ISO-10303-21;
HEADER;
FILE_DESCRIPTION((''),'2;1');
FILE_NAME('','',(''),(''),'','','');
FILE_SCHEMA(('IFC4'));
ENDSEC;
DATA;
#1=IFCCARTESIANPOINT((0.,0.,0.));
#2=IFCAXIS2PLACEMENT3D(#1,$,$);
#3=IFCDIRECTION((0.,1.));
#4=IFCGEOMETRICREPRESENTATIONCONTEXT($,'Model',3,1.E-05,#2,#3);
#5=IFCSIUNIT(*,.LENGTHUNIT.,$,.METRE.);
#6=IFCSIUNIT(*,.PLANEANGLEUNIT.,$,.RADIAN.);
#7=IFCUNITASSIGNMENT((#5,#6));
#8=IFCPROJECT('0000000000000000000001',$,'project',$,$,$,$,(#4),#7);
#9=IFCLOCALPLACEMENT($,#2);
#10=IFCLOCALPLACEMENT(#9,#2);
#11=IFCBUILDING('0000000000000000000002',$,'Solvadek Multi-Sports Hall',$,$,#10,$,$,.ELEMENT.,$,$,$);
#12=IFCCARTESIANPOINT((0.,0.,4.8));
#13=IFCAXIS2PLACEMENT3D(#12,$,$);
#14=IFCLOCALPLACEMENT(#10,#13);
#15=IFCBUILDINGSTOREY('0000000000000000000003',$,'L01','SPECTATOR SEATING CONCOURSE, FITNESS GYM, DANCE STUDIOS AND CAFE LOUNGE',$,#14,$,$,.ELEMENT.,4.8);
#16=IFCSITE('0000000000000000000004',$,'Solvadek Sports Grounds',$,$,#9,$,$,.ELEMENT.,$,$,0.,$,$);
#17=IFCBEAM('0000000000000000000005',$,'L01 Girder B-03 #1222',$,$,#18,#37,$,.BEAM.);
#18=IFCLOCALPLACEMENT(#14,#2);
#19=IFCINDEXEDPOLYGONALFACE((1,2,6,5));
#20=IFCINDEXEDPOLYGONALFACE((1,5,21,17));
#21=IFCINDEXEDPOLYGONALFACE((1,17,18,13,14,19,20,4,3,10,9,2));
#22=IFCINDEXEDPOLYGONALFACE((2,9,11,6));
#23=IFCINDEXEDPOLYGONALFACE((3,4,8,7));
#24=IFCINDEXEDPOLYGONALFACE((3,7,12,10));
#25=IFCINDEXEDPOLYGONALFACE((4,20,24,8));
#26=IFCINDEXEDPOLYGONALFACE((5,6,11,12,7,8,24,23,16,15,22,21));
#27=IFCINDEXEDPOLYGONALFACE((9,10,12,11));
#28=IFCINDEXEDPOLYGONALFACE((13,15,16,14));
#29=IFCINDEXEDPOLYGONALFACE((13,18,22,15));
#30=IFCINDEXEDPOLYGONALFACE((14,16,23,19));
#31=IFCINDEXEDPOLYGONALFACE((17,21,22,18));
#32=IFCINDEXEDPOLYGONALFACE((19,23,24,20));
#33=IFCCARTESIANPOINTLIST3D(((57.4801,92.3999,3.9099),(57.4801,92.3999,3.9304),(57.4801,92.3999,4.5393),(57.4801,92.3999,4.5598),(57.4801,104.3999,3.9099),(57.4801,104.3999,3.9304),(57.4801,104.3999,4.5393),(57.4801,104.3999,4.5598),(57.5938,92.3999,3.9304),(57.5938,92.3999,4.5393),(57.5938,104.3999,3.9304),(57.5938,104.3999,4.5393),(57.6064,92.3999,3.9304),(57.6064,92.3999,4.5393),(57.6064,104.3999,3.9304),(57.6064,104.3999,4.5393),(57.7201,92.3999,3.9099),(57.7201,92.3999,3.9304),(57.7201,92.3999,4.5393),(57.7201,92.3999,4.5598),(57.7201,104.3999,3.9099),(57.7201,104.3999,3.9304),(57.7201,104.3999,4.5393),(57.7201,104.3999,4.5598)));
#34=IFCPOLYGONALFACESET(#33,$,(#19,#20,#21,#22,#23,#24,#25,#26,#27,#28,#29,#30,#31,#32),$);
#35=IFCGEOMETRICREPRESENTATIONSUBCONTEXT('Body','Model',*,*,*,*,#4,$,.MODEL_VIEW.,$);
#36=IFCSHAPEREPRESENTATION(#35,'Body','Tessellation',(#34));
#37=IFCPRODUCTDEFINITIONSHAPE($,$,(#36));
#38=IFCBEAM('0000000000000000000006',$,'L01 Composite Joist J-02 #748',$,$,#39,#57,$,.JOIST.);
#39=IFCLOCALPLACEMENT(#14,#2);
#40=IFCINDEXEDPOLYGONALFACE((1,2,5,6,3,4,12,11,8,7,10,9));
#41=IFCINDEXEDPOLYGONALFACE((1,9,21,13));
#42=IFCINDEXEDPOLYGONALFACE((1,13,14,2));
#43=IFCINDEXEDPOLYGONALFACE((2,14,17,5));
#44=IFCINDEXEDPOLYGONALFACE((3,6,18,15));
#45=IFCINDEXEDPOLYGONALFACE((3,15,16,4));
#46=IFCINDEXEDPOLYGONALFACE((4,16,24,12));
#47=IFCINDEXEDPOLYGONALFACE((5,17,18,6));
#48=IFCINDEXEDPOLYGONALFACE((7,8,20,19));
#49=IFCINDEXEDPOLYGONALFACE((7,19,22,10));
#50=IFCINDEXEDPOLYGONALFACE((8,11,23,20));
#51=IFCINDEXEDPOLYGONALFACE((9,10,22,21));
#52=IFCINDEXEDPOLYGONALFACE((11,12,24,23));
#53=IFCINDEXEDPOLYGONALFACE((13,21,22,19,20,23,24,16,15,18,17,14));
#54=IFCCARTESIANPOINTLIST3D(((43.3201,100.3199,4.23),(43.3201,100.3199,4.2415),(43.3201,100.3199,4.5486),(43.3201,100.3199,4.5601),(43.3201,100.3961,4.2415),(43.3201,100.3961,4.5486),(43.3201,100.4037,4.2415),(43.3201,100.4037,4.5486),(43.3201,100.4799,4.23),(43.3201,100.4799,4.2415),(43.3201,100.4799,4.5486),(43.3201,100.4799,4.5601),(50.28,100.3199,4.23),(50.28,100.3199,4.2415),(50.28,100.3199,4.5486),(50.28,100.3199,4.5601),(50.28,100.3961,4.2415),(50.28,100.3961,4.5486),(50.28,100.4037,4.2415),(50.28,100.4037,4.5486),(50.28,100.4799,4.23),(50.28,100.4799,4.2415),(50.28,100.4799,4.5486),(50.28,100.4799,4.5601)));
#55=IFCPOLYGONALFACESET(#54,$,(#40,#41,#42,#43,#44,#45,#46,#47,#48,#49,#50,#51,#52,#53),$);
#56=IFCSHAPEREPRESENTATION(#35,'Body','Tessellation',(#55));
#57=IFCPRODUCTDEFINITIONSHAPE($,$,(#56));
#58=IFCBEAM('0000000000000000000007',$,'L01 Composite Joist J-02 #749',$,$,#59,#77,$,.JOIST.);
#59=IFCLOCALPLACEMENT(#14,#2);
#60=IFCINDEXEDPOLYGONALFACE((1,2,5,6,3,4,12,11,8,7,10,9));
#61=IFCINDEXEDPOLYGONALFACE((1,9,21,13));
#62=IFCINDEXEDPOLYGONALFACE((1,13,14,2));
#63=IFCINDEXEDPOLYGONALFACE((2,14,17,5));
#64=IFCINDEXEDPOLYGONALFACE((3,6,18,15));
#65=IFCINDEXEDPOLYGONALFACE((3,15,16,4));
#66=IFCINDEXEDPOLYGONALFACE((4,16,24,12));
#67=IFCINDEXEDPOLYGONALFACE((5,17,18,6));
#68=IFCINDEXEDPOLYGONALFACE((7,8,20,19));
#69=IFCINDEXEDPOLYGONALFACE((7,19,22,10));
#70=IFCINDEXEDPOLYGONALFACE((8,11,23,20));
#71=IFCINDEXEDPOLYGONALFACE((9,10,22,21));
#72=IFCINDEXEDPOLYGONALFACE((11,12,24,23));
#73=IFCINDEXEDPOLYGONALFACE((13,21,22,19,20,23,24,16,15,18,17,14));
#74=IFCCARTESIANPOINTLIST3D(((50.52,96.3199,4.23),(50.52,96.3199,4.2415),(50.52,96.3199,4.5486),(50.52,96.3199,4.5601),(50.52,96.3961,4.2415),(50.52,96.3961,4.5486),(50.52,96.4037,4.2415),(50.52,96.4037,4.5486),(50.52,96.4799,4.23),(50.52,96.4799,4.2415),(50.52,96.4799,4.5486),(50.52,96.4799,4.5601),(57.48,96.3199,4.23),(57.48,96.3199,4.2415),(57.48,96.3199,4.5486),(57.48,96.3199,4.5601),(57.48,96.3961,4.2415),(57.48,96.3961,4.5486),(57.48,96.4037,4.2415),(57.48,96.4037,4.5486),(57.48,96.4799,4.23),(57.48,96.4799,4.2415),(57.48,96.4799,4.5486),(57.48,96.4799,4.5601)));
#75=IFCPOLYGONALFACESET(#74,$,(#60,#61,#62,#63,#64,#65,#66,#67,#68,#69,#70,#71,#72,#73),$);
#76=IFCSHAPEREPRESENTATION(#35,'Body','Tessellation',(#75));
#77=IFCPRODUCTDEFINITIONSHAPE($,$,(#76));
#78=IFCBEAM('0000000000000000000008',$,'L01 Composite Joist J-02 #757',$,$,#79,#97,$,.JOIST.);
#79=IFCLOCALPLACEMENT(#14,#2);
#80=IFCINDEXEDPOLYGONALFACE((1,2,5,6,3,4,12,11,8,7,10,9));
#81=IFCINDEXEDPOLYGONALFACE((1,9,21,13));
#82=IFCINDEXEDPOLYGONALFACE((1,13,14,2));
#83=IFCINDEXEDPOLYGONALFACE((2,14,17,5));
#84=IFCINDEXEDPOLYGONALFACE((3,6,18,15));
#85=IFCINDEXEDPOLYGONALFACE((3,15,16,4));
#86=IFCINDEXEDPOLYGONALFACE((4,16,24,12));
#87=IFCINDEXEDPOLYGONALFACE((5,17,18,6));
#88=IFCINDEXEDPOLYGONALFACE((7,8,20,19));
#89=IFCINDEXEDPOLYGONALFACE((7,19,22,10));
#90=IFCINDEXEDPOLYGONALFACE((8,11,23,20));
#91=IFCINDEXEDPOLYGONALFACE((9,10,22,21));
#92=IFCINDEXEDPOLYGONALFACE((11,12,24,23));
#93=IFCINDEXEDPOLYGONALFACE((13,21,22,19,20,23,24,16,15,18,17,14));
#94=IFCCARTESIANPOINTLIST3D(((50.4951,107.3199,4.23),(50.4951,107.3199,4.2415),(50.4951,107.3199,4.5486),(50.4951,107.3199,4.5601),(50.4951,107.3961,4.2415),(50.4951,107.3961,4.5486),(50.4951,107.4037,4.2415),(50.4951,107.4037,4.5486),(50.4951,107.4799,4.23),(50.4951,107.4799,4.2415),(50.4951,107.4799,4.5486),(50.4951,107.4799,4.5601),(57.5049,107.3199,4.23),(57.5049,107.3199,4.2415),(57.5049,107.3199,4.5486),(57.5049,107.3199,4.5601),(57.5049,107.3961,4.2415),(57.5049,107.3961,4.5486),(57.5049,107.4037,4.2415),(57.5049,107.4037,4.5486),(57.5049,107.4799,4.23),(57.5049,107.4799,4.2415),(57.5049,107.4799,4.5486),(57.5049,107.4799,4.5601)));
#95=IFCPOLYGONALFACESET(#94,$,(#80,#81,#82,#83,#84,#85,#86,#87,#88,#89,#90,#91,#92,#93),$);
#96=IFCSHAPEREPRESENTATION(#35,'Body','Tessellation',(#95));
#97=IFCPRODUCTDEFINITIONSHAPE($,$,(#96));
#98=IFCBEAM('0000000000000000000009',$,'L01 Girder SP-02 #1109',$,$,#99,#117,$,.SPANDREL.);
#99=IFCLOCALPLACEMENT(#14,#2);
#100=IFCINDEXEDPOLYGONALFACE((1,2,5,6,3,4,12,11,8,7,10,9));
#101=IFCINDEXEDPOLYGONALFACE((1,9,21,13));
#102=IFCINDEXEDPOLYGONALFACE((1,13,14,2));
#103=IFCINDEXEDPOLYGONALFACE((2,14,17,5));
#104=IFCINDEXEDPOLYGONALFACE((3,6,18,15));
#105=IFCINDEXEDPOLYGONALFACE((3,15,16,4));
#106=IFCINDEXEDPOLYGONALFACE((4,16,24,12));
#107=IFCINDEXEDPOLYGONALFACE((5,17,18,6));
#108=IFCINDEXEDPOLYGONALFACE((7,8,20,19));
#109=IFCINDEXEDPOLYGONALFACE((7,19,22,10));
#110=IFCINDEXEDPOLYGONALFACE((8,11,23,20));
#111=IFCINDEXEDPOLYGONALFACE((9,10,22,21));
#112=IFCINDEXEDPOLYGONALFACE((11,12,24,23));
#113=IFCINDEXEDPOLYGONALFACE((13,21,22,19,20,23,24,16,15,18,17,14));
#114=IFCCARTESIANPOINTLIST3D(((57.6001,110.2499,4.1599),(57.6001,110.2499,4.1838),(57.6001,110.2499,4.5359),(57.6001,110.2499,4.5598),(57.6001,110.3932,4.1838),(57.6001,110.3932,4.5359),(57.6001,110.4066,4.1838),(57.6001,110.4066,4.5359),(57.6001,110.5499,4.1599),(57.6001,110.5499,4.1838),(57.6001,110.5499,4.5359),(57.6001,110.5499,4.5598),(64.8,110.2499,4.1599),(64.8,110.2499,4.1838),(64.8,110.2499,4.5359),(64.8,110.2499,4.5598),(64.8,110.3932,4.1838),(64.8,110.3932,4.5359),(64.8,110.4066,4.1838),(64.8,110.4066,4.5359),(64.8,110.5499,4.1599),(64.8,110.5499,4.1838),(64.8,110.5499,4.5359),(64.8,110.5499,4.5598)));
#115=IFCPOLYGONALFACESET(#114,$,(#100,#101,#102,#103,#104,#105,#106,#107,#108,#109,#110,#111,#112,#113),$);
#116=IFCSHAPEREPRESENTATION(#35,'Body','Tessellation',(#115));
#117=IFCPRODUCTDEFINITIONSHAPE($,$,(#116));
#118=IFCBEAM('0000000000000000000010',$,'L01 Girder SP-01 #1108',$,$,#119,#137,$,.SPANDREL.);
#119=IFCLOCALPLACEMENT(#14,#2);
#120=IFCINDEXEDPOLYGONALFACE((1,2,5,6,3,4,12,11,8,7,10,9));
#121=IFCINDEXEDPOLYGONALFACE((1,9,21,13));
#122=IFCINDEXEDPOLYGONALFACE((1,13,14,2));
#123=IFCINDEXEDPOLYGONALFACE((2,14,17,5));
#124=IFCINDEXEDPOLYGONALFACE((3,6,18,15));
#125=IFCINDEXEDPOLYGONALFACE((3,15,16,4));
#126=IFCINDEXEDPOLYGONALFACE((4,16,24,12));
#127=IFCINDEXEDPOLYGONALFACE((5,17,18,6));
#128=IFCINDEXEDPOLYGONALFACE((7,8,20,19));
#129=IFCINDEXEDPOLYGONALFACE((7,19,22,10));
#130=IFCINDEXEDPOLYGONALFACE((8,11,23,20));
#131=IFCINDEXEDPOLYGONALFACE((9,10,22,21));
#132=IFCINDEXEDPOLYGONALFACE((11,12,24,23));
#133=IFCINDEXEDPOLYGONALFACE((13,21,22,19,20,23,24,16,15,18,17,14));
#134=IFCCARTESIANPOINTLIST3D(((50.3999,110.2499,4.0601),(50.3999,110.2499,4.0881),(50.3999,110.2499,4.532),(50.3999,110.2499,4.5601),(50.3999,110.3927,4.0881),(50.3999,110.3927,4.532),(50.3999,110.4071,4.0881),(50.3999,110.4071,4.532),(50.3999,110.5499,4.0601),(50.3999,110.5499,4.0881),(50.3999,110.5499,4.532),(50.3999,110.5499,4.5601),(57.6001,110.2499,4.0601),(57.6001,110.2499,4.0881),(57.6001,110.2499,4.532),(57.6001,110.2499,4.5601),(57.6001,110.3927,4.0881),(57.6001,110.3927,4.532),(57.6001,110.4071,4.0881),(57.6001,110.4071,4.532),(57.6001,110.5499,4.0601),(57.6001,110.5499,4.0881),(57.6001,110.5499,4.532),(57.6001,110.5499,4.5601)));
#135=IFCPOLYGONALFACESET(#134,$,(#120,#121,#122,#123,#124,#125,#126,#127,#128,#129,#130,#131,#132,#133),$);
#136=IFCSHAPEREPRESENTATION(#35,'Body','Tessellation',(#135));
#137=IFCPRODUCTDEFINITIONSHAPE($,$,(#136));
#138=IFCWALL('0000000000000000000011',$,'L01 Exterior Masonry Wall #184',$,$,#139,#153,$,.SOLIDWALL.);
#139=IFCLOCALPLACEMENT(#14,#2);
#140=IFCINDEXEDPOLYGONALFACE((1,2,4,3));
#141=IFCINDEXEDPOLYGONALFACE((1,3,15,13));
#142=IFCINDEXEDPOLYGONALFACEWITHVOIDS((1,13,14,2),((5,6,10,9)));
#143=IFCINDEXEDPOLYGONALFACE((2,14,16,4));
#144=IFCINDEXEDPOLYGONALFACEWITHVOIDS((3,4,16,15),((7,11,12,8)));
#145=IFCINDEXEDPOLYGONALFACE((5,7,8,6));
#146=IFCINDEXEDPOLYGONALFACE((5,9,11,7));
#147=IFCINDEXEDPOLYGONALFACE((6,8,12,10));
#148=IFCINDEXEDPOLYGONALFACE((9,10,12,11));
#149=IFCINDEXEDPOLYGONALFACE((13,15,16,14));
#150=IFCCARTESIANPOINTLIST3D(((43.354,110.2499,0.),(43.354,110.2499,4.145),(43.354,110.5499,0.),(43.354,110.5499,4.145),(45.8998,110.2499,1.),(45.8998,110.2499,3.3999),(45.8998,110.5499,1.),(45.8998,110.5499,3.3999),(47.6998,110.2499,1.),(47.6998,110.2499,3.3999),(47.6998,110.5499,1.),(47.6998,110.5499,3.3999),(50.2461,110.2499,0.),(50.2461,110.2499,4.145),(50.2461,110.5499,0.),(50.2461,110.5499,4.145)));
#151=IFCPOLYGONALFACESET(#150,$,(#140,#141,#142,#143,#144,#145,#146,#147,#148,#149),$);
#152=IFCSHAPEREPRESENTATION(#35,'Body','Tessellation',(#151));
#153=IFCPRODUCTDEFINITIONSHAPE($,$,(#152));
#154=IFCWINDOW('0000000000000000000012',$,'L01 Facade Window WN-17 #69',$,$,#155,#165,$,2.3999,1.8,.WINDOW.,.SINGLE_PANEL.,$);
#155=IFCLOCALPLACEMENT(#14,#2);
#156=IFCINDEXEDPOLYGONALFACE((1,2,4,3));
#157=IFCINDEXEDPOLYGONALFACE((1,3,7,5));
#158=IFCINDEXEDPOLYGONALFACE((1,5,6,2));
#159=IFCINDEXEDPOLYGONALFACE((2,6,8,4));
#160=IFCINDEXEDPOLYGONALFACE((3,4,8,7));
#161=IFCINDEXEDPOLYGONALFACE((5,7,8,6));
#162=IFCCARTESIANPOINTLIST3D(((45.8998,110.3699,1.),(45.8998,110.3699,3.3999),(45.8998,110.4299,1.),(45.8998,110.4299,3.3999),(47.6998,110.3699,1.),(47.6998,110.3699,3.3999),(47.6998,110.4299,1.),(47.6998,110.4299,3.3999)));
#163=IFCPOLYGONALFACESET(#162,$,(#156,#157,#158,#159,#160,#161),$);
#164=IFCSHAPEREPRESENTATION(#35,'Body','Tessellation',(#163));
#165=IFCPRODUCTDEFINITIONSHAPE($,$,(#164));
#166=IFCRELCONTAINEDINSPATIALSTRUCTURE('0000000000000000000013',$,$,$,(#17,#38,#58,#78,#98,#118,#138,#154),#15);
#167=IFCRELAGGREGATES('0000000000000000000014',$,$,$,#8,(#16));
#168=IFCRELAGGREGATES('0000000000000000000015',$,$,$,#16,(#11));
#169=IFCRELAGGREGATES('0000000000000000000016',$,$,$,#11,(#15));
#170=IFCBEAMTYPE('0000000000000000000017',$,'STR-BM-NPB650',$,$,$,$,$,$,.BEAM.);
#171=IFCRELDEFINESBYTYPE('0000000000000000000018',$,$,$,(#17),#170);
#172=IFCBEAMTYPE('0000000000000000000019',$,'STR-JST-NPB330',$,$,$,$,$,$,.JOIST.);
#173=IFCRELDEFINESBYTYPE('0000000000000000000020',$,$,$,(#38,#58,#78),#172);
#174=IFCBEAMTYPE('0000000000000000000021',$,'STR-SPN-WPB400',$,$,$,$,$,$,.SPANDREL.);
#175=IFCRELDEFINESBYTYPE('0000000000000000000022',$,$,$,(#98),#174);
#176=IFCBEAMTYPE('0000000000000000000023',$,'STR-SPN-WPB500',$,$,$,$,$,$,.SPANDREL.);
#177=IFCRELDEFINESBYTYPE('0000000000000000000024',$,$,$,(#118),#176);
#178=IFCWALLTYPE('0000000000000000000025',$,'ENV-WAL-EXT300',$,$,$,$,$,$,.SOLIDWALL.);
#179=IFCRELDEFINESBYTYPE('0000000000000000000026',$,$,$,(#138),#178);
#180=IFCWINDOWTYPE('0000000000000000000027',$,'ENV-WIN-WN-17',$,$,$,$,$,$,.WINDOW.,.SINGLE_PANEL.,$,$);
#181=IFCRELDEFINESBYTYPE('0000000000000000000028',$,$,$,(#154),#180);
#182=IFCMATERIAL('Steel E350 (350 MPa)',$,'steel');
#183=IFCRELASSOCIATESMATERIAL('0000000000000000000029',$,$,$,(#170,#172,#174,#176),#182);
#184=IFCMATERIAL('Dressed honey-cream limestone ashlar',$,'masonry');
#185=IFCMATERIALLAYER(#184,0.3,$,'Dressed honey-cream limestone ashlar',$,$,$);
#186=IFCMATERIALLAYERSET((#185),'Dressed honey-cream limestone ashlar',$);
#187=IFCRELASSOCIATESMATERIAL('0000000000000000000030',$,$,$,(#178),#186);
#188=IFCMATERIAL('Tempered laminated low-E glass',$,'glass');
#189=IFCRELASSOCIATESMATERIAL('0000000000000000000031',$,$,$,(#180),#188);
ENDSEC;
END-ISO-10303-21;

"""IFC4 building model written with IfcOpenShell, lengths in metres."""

from ifc_helpers import new_model, si_unit, direction, frame, frame_2d, origin, origin_2d, place, context, subcontext, project, spatial, rectangle, i_section, extrude, material, layer, layer_set, material_profile, profile_set, type_object, element, fill, save


model = new_model("IFC4")

# Units and contexts
model_context = context("Model", 3, precision=1e-05, world=origin(), true_north=direction((0.0, 1.0)))
body_context = subcontext(model_context, "Body", "Model", "MODEL_VIEW")
ifc_project = project(units=[si_unit("LENGTHUNIT", "METRE"), si_unit("PLANEANGLEUNIT", "RADIAN")], contexts=[model_context])

# Site, building, storey
site_placement = place(None, origin())
site = spatial("IfcSite", under=ifc_project, at=site_placement, Name="Solvadek Sports Grounds", CompositionType="ELEMENT", RefElevation=0.0)
building_placement = place(site_placement, origin())
building = spatial("IfcBuilding", under=site, at=building_placement, Name="Solvadek Multi-Sports Hall", CompositionType="ELEMENT")
storey_placement = place(building_placement, frame((0.0, 0.0, 4.8)))
storey = spatial("IfcBuildingStorey", under=building, at=storey_placement, Name="L01", Description="SPECTATOR SEATING CONCOURSE, FITNESS GYM, DANCE STUDIOS AND CAFE LOUNGE", CompositionType="ELEMENT", Elevation=4.8)

# Shared definitions
ifc_material_1 = material(Name="Steel E350 (350 MPa)", Category="steel")

# Beams
ifc_material_profile_1 = material_profile(ifc_material_1, i_section(OverallWidth=0.24, OverallDepth=0.6499, WebThickness=0.0127, FlangeThickness=0.0205, at=origin_2d()), Name="NPB 650")
ifc_profile_set_1 = profile_set([ifc_material_profile_1], Name="Steel E350 (350 MPa)")
beam_type_1 = type_object("IfcBeamType", Name="STR-BM-NPB650", PredefinedType="BEAM", material=ifc_profile_set_1)
beam_1_placement = place(storey_placement, frame((57.6001, 92.3999, 4.2349), z_axis=(0.0, 1.0, 0.0), x_axis=(-1.0, 0.0, 0.0)))
element("IfcBeam", 1, at=beam_1_placement, inside=storey, type_object=beam_type_1, Name="L01 Girder B-03 #1222", PredefinedType="BEAM", context=body_context, shape_type="SweptSolid", body=[
    extrude(i_section(OverallWidth=0.24, OverallDepth=0.6499, WebThickness=0.0127, FlangeThickness=0.0205, at=origin_2d()), origin(), (0.0, 0.0, 1.0), 12.0),
])
ifc_material_profile_2 = material_profile(ifc_material_1, i_section(OverallWidth=0.1599, OverallDepth=0.3301, WebThickness=0.0076, FlangeThickness=0.0115, at=origin_2d()), Name="NPB 330")
ifc_profile_set_2 = profile_set([ifc_material_profile_2], Name="Steel E350 (350 MPa)")
beam_type_2 = type_object("IfcBeamType", Name="STR-JST-NPB330", PredefinedType="JOIST", material=ifc_profile_set_2)
for number, where, z_axis, x_axis, name in (
    (2, (43.3201, 100.3999, 4.395), (1.0, 0.0, 0.0), (0.0, 1.0, 0.0), "L01 Composite Joist J-02 #748"),
    (3, (50.52, 96.3999, 4.395), (1.0, 0.0, 0.0), (0.0, 1.0, 0.0), "L01 Composite Joist J-02 #749"),
):
    element("IfcBeam", number, at=place(storey_placement, frame(where, z_axis=z_axis, x_axis=x_axis)), inside=storey, type_object=beam_type_2, Name=name, PredefinedType="JOIST", context=body_context, shape_type="SweptSolid", body=[
        extrude(i_section(OverallWidth=0.1599, OverallDepth=0.3301, WebThickness=0.0076, FlangeThickness=0.0115, at=origin_2d()), origin(), (0.0, 0.0, 1.0), 6.96),
    ])
beam_2_placement = place(storey_placement, frame((50.4951, 107.3999, 4.395), z_axis=(1.0, 0.0, 0.0), x_axis=(0.0, 1.0, 0.0)))
element("IfcBeam", 4, at=beam_2_placement, inside=storey, type_object=beam_type_2, Name="L01 Composite Joist J-02 #757", PredefinedType="JOIST", context=body_context, shape_type="SweptSolid", body=[
    extrude(i_section(OverallWidth=0.1599, OverallDepth=0.3301, WebThickness=0.0076, FlangeThickness=0.0115, at=origin_2d()), origin(), (0.0, 0.0, 1.0), 7.0098),
])
ifc_material_profile_3 = material_profile(ifc_material_1, i_section(OverallWidth=0.3, OverallDepth=0.3999, WebThickness=0.0134, FlangeThickness=0.0239, at=origin_2d()), Name="WPB 400")
ifc_profile_set_3 = profile_set([ifc_material_profile_3], Name="Steel E350 (350 MPa)")
beam_type_3 = type_object("IfcBeamType", Name="STR-SPN-WPB400", PredefinedType="SPANDREL", material=ifc_profile_set_3)
beam_3_placement = place(storey_placement, frame((57.6001, 110.3999, 4.3599), z_axis=(1.0, 0.0, 0.0), x_axis=(0.0, 1.0, 0.0)))
element("IfcBeam", 5, at=beam_3_placement, inside=storey, type_object=beam_type_3, Name="L01 Girder SP-02 #1109", PredefinedType="SPANDREL", context=body_context, shape_type="SweptSolid", body=[
    extrude(i_section(OverallWidth=0.3, OverallDepth=0.3999, WebThickness=0.0134, FlangeThickness=0.0239, at=origin_2d()), origin(), (0.0, 0.0, 1.0), 7.2),
])
ifc_material_profile_4 = material_profile(ifc_material_1, i_section(OverallWidth=0.3, OverallDepth=0.5, WebThickness=0.0144, FlangeThickness=0.0281, at=origin_2d()), Name="WPB 500")
ifc_profile_set_4 = profile_set([ifc_material_profile_4], Name="Steel E350 (350 MPa)")
beam_type_4 = type_object("IfcBeamType", Name="STR-SPN-WPB500", PredefinedType="SPANDREL", material=ifc_profile_set_4)
beam_4_placement = place(storey_placement, frame((50.3999, 110.3999, 4.3101), z_axis=(1.0, 0.0, 0.0), x_axis=(0.0, 1.0, 0.0)))
element("IfcBeam", 6, at=beam_4_placement, inside=storey, type_object=beam_type_4, Name="L01 Girder SP-01 #1108", PredefinedType="SPANDREL", context=body_context, shape_type="SweptSolid", body=[
    extrude(i_section(OverallWidth=0.3, OverallDepth=0.5, WebThickness=0.0144, FlangeThickness=0.0281, at=origin_2d()), origin(), (0.0, 0.0, 1.0), 7.2002),
])

# Wall, opening, window
ifc_material_2 = material(Name="Dressed honey-cream limestone ashlar", Category="masonry")
ifc_layer_1 = layer(ifc_material_2, 0.3, Name="Dressed honey-cream limestone ashlar")
ifc_layer_set_1 = layer_set([ifc_layer_1], Name="Dressed honey-cream limestone ashlar")
wall_type_1 = type_object("IfcWallType", Name="ENV-WAL-EXT300", PredefinedType="SOLIDWALL", material=ifc_layer_set_1)
wall_1_placement = place(storey_placement, frame((43.354, 110.3999, 0.0), z_axis=(0.0, 0.0, 1.0), x_axis=(1.0, 0.0, 0.0)))
wall_1 = element("IfcWall", 7, at=wall_1_placement, inside=storey, type_object=wall_type_1, Name="L01 Exterior Masonry Wall #184", PredefinedType="SOLIDWALL", context=body_context, shape_type="SweptSolid", body=[
    extrude(rectangle(XDim=6.8921, YDim=0.3, at=frame_2d((3.446, 0.0))), origin(), (0.0, 0.0, 1.0), 4.145),
])
opening_1_placement = place(wall_1_placement, frame((2.5459, 0.0, 1.0)))
opening_1 = element("IfcOpeningElement", 8, at=opening_1_placement, cuts=wall_1, PredefinedType="OPENING", context=body_context, shape_type="SweptSolid", body=[
    extrude(rectangle(XDim=1.8, YDim=2.3999, at=frame_2d((0.8999, 1.2))), frame((0.0, 0.1599, 0.0), z_axis=(0.0, -1.0, 0.0), x_axis=(1.0, 0.0, 0.0)), (0.0, 0.0, 1.0), 0.3201),
])
ifc_material_3 = material(Name="Tempered laminated low-E glass", Category="glass")
window_type_1 = type_object("IfcWindowType", Name="ENV-WIN-WN-17", PartitioningType="SINGLE_PANEL", PredefinedType="WINDOW", material=ifc_material_3)
window_1_placement = place(opening_1_placement, origin())
window_1 = element("IfcWindow", 9, at=window_1_placement, inside=storey, type_object=window_type_1, Name="L01 Facade Window WN-17 #69", OverallHeight=2.3999, OverallWidth=1.8, PartitioningType="SINGLE_PANEL", PredefinedType="WINDOW", context=body_context, shape_type="SweptSolid", body=[
    extrude(rectangle(XDim=1.8, YDim=2.3999, at=frame_2d((0.8999, 1.2))), frame((0.0, 0.03, 0.0), z_axis=(0.0, -1.0, 0.0), x_axis=(1.0, 0.0, 0.0)), (0.0, 0.0, 1.0), 0.0601),
])
fill(opening_1, window_1)

save(model, "model.ifc")
